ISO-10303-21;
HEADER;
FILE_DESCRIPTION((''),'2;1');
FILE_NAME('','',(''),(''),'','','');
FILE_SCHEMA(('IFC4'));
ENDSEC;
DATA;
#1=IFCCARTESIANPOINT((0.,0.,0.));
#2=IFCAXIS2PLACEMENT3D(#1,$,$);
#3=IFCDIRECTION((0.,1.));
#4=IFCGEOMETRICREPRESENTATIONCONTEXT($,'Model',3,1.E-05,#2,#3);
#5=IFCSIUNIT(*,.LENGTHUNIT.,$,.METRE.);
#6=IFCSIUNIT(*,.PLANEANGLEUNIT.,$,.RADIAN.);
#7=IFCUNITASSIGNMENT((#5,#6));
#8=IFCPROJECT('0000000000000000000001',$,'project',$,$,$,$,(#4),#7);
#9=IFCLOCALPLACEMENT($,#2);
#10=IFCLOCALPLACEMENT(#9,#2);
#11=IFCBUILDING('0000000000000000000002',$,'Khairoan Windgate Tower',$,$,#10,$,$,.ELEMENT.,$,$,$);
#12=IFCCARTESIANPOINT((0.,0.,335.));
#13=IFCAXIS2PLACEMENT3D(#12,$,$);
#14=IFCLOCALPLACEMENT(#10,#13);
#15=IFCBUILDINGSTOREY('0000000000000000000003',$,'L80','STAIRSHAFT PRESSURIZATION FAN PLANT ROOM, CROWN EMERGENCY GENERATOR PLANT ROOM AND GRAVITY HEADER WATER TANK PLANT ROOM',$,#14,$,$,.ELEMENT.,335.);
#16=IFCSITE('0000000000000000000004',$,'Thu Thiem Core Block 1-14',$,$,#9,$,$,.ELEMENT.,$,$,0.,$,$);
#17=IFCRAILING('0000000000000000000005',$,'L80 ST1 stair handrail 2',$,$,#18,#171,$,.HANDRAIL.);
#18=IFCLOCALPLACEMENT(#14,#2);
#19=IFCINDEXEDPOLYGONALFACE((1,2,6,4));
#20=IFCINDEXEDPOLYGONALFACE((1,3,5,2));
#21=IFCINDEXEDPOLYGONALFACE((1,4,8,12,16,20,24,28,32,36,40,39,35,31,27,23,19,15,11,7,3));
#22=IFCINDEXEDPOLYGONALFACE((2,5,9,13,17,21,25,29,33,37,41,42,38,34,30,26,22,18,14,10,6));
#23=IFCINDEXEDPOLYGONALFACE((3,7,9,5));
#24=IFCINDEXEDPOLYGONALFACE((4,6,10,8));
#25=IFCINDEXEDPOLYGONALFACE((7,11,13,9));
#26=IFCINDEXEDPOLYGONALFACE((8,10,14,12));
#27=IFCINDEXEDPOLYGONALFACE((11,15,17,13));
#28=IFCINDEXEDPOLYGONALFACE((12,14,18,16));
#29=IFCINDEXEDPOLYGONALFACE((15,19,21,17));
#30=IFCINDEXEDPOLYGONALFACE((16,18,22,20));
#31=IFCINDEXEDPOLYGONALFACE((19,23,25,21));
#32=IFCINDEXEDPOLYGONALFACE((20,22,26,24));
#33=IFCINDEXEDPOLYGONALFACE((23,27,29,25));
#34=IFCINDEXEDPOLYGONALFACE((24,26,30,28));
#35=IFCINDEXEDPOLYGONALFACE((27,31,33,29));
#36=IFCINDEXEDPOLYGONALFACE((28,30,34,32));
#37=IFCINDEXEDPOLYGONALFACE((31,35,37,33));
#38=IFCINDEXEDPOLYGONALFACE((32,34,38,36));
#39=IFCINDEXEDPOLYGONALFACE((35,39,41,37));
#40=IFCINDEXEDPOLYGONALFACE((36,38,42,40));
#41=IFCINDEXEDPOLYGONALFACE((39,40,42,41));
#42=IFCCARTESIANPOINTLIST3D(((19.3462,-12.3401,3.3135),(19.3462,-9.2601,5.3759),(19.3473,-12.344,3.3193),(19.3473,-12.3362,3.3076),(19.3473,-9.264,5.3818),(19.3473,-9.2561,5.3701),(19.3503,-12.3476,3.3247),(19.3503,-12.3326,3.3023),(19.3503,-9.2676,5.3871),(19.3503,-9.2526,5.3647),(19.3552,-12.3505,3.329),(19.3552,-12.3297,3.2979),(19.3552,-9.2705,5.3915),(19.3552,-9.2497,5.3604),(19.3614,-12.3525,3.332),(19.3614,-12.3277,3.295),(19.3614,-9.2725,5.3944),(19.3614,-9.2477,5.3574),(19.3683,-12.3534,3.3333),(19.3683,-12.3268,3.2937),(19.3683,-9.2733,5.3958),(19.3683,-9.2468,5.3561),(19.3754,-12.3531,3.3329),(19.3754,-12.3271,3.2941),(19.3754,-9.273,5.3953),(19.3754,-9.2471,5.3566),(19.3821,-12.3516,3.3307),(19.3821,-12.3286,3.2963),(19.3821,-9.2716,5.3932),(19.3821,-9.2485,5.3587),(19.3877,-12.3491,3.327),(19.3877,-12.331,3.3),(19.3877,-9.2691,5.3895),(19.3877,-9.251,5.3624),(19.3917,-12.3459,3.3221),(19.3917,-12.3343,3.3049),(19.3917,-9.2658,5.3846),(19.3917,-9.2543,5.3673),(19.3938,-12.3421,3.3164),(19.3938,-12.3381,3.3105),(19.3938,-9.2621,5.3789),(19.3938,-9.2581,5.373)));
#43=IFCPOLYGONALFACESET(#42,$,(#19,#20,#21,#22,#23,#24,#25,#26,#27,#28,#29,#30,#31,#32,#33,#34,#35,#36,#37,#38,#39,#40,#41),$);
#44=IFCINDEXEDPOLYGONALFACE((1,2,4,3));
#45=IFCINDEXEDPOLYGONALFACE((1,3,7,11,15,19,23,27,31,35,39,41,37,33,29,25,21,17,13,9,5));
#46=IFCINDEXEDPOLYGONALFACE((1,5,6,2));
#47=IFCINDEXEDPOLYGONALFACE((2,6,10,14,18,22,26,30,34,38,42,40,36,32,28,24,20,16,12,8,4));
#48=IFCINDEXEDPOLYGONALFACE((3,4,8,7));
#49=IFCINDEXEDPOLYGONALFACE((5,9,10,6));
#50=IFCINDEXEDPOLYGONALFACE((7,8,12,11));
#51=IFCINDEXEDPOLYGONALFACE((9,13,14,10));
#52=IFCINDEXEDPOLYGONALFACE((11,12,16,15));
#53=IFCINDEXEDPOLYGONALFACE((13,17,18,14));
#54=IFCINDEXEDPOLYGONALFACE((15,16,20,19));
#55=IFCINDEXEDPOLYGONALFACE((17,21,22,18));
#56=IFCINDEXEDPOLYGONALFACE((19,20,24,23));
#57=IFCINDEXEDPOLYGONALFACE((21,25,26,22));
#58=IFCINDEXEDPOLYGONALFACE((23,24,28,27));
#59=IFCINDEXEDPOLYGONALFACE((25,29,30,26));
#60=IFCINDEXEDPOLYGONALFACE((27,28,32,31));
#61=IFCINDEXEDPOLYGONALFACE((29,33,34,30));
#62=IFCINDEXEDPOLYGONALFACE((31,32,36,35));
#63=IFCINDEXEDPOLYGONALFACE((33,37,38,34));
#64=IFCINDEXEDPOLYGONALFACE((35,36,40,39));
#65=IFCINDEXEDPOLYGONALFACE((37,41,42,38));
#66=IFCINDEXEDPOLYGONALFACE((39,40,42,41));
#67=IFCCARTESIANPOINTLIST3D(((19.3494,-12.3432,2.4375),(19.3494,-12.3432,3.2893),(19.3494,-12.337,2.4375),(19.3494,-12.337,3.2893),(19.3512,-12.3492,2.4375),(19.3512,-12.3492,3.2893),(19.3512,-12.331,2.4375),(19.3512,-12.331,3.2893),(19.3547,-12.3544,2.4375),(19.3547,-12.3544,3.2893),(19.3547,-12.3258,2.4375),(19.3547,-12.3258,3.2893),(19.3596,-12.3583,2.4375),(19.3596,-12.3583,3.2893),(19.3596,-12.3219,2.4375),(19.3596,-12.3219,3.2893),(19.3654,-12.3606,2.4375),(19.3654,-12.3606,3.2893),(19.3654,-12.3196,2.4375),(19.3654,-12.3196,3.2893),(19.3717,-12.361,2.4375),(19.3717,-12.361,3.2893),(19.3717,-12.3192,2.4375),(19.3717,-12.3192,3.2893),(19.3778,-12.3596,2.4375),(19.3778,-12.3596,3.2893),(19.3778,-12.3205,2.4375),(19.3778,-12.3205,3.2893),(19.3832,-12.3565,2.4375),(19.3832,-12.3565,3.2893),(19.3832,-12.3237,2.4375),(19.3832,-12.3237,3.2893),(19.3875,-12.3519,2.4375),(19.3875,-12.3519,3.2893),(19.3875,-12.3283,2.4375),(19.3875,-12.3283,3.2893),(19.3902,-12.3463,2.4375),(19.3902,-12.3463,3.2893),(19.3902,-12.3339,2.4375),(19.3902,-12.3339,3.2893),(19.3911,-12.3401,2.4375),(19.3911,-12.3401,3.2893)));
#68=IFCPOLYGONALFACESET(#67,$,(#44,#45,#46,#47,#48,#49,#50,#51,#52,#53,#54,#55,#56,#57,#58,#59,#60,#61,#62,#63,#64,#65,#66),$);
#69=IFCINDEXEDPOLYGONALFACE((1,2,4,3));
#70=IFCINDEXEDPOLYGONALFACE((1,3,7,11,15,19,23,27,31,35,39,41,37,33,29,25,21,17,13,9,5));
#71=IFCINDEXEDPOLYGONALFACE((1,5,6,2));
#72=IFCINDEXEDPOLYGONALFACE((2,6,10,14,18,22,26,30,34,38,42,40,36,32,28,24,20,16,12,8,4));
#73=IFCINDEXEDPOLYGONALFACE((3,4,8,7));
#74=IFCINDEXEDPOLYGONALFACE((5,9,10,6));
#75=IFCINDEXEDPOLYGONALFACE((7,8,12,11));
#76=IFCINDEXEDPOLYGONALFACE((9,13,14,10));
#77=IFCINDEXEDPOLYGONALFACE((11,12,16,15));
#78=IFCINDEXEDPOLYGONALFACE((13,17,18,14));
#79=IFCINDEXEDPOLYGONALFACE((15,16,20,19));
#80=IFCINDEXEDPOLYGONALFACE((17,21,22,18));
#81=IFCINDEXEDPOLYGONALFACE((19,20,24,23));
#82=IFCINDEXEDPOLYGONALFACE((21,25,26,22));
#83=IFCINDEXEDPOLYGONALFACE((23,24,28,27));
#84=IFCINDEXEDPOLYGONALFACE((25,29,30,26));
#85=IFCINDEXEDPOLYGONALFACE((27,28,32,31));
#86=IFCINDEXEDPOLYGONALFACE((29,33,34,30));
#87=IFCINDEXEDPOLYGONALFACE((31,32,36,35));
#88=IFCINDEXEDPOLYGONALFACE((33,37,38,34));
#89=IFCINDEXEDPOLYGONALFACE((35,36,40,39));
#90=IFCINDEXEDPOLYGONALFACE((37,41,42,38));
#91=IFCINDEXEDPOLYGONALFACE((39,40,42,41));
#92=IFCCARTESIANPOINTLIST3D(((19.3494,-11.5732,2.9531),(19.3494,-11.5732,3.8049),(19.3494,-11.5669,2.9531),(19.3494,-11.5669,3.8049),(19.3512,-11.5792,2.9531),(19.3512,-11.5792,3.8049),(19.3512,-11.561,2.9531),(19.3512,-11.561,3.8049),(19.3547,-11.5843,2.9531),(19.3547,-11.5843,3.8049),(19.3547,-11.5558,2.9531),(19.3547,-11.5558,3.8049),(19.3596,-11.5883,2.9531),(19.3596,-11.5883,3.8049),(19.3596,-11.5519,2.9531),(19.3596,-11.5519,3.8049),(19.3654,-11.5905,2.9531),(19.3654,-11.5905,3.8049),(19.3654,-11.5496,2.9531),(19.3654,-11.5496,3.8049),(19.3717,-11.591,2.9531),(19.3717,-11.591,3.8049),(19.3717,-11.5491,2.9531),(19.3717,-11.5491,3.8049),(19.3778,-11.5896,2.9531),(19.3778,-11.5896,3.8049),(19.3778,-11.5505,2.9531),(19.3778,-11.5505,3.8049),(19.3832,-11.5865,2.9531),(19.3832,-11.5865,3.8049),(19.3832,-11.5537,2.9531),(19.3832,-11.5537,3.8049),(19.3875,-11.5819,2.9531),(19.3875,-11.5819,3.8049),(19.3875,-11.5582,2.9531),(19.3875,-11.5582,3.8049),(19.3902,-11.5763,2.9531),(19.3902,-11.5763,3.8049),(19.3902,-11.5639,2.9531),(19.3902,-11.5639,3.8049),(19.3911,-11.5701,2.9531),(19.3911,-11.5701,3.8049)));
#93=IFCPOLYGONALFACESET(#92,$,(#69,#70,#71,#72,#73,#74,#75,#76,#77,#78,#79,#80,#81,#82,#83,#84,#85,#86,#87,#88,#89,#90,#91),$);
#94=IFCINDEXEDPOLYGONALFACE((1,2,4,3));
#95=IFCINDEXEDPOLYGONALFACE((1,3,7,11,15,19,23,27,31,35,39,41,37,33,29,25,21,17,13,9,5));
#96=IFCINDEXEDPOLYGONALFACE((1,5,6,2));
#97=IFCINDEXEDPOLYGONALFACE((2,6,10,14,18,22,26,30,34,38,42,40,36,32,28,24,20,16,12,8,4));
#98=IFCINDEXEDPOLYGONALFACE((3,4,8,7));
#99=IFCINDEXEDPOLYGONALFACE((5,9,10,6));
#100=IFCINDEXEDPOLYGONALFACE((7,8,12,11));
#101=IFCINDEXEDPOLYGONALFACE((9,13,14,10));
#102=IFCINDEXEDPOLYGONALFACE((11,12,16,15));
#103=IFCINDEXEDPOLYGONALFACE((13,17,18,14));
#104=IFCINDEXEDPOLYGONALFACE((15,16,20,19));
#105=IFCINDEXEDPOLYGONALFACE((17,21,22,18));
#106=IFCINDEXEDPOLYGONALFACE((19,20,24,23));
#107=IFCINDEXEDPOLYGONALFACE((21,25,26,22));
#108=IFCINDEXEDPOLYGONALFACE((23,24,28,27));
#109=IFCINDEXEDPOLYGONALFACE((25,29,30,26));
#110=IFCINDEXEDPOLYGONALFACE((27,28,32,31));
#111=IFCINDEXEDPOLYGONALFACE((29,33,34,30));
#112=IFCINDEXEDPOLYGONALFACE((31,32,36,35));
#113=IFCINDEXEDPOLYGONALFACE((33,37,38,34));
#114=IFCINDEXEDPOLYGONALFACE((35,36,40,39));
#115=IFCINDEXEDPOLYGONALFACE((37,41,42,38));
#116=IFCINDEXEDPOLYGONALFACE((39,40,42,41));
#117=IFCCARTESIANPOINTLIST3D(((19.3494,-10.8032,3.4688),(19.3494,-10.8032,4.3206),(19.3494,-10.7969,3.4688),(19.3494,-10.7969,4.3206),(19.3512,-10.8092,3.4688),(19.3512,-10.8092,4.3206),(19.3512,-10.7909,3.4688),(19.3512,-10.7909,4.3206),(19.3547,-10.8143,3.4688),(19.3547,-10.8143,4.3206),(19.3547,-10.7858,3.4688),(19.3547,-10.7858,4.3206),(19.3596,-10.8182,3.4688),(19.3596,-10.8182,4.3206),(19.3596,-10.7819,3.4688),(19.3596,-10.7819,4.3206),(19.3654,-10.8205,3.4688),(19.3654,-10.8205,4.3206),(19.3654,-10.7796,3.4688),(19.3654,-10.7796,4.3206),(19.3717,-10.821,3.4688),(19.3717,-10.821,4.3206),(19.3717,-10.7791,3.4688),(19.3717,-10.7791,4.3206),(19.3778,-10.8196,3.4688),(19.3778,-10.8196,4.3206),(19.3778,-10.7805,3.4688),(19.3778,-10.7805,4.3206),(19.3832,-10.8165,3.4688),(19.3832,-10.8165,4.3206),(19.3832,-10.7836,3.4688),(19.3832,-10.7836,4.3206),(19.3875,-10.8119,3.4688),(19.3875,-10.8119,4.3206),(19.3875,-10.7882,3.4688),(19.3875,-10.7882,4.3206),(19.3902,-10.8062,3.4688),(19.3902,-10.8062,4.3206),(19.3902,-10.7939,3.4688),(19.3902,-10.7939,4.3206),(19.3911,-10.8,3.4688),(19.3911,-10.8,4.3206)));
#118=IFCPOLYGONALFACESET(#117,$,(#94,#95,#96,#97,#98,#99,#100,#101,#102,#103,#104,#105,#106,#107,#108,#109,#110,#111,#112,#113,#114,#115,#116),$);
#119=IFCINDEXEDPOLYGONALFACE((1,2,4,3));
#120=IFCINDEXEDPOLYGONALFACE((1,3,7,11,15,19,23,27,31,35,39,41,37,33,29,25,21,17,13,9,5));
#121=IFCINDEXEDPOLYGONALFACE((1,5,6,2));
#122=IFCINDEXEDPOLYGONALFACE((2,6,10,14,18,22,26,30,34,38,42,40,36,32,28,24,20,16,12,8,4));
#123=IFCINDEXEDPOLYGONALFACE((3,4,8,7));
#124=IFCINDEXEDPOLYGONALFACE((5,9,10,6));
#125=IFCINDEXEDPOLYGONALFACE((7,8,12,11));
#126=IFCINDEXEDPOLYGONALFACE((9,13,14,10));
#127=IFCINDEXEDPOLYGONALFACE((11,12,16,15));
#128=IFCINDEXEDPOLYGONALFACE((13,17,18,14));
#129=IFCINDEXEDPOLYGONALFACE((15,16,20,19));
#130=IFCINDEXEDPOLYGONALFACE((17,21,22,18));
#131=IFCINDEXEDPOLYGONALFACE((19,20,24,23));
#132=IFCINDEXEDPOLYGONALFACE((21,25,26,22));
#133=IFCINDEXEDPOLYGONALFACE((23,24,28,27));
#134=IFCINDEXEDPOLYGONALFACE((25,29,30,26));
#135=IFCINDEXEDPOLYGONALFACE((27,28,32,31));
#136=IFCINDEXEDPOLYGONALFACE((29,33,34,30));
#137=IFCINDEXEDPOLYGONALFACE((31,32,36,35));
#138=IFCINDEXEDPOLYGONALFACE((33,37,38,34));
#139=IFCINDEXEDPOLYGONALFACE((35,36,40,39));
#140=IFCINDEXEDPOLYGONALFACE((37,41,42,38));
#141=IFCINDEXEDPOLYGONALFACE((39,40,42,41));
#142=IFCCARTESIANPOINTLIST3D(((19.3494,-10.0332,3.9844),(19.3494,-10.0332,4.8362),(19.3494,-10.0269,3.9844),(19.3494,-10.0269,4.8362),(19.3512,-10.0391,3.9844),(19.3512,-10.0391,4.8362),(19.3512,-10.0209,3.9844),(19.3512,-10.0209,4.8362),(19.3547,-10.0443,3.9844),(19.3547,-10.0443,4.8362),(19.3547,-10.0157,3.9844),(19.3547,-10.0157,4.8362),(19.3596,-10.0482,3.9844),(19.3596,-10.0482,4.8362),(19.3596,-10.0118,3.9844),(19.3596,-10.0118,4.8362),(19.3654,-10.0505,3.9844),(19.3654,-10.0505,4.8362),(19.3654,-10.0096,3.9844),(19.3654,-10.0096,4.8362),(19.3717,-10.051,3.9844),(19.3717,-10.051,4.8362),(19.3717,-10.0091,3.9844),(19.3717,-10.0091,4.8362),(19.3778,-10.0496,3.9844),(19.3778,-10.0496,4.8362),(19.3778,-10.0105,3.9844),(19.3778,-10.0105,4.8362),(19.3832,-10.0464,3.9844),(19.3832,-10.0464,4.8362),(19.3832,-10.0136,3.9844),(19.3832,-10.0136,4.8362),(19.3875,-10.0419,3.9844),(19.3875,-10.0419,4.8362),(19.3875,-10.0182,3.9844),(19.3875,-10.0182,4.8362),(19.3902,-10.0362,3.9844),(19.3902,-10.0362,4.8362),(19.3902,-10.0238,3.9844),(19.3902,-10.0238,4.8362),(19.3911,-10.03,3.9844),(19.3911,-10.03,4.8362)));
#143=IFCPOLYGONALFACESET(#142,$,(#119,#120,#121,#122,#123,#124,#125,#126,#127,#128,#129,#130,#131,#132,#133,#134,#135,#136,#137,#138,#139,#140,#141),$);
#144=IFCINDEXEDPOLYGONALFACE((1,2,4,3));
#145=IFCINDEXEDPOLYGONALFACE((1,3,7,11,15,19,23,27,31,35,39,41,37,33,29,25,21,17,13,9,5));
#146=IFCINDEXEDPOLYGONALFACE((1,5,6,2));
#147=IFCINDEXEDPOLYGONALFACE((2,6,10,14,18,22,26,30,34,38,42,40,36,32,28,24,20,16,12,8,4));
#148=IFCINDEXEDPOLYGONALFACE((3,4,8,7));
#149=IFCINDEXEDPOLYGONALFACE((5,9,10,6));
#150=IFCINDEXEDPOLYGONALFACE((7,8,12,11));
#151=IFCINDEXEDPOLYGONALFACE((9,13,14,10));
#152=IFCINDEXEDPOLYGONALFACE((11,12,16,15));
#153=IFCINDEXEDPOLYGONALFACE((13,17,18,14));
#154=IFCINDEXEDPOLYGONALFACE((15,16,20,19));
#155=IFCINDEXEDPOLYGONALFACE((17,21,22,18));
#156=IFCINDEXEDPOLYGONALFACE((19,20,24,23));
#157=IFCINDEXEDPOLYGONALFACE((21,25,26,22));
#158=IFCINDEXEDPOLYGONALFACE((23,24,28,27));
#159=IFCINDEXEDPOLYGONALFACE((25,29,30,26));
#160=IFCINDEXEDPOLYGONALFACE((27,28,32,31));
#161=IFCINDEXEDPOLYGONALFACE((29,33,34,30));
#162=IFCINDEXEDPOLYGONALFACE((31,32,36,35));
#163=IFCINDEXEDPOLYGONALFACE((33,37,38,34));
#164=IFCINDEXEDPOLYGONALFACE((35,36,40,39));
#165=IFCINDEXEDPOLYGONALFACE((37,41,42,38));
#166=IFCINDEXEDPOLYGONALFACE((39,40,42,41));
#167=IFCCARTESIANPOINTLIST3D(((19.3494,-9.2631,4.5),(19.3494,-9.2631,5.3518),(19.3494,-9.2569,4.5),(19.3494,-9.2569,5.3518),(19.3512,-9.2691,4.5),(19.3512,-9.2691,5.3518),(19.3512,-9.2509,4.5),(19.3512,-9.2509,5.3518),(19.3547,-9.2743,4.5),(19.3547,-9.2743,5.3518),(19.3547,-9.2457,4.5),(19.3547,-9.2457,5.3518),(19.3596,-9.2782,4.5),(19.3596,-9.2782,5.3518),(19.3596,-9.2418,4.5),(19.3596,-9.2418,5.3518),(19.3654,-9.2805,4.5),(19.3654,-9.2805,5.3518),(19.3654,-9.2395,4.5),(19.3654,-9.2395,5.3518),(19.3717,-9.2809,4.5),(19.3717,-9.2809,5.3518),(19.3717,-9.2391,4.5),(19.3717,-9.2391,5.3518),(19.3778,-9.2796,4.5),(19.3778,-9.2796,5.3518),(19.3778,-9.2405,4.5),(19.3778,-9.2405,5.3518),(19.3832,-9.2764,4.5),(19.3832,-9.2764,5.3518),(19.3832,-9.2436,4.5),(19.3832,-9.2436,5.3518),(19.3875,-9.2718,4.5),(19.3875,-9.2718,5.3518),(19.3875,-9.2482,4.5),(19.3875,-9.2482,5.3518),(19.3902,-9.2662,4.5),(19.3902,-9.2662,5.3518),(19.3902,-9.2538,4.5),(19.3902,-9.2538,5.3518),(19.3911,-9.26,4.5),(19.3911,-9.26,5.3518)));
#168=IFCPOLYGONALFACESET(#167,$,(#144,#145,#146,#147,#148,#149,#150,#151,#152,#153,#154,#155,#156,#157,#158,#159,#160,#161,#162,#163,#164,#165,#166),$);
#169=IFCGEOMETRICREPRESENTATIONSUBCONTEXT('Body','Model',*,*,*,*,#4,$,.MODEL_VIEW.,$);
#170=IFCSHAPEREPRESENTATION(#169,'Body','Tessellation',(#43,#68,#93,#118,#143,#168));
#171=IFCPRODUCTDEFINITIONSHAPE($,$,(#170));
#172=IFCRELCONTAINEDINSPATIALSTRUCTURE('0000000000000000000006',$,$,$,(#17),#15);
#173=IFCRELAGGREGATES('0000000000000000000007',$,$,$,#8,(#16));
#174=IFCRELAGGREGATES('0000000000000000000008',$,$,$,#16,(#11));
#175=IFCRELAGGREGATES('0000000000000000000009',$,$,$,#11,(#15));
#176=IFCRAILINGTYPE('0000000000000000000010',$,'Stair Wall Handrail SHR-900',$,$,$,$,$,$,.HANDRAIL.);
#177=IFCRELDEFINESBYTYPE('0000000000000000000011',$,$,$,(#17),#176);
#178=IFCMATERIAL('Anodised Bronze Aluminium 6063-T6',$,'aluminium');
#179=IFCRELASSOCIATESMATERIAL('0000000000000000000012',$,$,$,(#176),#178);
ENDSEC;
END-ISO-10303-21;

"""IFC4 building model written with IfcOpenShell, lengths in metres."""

from ifc_helpers import new_model, si_unit, direction, frame, origin, origin_2d, place, context, subcontext, project, spatial, circle, extrude, material, type_object, element, save


model = new_model("IFC4")

# Units and contexts
model_context = context("Model", 3, precision=1e-05, world=origin(), true_north=direction((0.0, 1.0)))
body_context = subcontext(model_context, "Body", "Model", "MODEL_VIEW")
ifc_project = project(units=[si_unit("LENGTHUNIT", "METRE"), si_unit("PLANEANGLEUNIT", "RADIAN")], contexts=[model_context])

# Site, building, storey
site_placement = place(None, origin())
site = spatial("IfcSite", under=ifc_project, at=site_placement, Name="Thu Thiem Core Block 1-14", CompositionType="ELEMENT", RefElevation=0.0)
building_placement = place(site_placement, origin())
building = spatial("IfcBuilding", under=site, at=building_placement, Name="Khairoan Windgate Tower", CompositionType="ELEMENT")
storey_placement = place(building_placement, frame((0.0, 0.0, 335.0)))
storey = spatial("IfcBuildingStorey", under=building, at=storey_placement, Name="L80", Description="STAIRSHAFT PRESSURIZATION FAN PLANT ROOM, CROWN EMERGENCY GENERATOR PLANT ROOM AND GRAVITY HEADER WATER TANK PLANT ROOM", CompositionType="ELEMENT", Elevation=335.0)

# Railing
ifc_material_1 = material(Name="Anodised Bronze Aluminium 6063-T6", Category="aluminium")
railing_type_1 = type_object("IfcRailingType", Name="Stair Wall Handrail SHR-900", PredefinedType="HANDRAIL", material=ifc_material_1)
railing_1_placement = place(storey_placement, frame((19.3701, -12.3401, 2.4375)))
element("IfcRailing", 1, at=railing_1_placement, inside=storey, type_object=railing_type_1, Name="L80 ST1 stair handrail 2", PredefinedType="HANDRAIL", context=body_context, shape_type="SweptSolid", body=[
    extrude(circle(Radius=0.0239, at=origin_2d()), frame((0.0, 0.0, 0.876), z_axis=(0.0, 0.830914, 0.556401), x_axis=(-1.0, 0.0, 0.0)), (0.0, 0.0, 1.0), 3.7068),
    extrude(circle(Radius=0.021, at=origin_2d()), origin(), (0.0, 0.0, 1.0), 0.8518),
    extrude(circle(Radius=0.021, at=origin_2d()), frame((0.0, 0.77, 0.5156)), (0.0, 0.0, 1.0), 0.8518),
    extrude(circle(Radius=0.021, at=origin_2d()), frame((0.0, 1.54, 1.0312)), (0.0, 0.0, 1.0), 0.8518),
    extrude(circle(Radius=0.021, at=origin_2d()), frame((0.0, 2.3101, 1.5469)), (0.0, 0.0, 1.0), 0.8518),
    extrude(circle(Radius=0.021, at=origin_2d()), frame((0.0, 3.0801, 2.0625)), (0.0, 0.0, 1.0), 0.8518),
])

save(model, "model.ifc")
